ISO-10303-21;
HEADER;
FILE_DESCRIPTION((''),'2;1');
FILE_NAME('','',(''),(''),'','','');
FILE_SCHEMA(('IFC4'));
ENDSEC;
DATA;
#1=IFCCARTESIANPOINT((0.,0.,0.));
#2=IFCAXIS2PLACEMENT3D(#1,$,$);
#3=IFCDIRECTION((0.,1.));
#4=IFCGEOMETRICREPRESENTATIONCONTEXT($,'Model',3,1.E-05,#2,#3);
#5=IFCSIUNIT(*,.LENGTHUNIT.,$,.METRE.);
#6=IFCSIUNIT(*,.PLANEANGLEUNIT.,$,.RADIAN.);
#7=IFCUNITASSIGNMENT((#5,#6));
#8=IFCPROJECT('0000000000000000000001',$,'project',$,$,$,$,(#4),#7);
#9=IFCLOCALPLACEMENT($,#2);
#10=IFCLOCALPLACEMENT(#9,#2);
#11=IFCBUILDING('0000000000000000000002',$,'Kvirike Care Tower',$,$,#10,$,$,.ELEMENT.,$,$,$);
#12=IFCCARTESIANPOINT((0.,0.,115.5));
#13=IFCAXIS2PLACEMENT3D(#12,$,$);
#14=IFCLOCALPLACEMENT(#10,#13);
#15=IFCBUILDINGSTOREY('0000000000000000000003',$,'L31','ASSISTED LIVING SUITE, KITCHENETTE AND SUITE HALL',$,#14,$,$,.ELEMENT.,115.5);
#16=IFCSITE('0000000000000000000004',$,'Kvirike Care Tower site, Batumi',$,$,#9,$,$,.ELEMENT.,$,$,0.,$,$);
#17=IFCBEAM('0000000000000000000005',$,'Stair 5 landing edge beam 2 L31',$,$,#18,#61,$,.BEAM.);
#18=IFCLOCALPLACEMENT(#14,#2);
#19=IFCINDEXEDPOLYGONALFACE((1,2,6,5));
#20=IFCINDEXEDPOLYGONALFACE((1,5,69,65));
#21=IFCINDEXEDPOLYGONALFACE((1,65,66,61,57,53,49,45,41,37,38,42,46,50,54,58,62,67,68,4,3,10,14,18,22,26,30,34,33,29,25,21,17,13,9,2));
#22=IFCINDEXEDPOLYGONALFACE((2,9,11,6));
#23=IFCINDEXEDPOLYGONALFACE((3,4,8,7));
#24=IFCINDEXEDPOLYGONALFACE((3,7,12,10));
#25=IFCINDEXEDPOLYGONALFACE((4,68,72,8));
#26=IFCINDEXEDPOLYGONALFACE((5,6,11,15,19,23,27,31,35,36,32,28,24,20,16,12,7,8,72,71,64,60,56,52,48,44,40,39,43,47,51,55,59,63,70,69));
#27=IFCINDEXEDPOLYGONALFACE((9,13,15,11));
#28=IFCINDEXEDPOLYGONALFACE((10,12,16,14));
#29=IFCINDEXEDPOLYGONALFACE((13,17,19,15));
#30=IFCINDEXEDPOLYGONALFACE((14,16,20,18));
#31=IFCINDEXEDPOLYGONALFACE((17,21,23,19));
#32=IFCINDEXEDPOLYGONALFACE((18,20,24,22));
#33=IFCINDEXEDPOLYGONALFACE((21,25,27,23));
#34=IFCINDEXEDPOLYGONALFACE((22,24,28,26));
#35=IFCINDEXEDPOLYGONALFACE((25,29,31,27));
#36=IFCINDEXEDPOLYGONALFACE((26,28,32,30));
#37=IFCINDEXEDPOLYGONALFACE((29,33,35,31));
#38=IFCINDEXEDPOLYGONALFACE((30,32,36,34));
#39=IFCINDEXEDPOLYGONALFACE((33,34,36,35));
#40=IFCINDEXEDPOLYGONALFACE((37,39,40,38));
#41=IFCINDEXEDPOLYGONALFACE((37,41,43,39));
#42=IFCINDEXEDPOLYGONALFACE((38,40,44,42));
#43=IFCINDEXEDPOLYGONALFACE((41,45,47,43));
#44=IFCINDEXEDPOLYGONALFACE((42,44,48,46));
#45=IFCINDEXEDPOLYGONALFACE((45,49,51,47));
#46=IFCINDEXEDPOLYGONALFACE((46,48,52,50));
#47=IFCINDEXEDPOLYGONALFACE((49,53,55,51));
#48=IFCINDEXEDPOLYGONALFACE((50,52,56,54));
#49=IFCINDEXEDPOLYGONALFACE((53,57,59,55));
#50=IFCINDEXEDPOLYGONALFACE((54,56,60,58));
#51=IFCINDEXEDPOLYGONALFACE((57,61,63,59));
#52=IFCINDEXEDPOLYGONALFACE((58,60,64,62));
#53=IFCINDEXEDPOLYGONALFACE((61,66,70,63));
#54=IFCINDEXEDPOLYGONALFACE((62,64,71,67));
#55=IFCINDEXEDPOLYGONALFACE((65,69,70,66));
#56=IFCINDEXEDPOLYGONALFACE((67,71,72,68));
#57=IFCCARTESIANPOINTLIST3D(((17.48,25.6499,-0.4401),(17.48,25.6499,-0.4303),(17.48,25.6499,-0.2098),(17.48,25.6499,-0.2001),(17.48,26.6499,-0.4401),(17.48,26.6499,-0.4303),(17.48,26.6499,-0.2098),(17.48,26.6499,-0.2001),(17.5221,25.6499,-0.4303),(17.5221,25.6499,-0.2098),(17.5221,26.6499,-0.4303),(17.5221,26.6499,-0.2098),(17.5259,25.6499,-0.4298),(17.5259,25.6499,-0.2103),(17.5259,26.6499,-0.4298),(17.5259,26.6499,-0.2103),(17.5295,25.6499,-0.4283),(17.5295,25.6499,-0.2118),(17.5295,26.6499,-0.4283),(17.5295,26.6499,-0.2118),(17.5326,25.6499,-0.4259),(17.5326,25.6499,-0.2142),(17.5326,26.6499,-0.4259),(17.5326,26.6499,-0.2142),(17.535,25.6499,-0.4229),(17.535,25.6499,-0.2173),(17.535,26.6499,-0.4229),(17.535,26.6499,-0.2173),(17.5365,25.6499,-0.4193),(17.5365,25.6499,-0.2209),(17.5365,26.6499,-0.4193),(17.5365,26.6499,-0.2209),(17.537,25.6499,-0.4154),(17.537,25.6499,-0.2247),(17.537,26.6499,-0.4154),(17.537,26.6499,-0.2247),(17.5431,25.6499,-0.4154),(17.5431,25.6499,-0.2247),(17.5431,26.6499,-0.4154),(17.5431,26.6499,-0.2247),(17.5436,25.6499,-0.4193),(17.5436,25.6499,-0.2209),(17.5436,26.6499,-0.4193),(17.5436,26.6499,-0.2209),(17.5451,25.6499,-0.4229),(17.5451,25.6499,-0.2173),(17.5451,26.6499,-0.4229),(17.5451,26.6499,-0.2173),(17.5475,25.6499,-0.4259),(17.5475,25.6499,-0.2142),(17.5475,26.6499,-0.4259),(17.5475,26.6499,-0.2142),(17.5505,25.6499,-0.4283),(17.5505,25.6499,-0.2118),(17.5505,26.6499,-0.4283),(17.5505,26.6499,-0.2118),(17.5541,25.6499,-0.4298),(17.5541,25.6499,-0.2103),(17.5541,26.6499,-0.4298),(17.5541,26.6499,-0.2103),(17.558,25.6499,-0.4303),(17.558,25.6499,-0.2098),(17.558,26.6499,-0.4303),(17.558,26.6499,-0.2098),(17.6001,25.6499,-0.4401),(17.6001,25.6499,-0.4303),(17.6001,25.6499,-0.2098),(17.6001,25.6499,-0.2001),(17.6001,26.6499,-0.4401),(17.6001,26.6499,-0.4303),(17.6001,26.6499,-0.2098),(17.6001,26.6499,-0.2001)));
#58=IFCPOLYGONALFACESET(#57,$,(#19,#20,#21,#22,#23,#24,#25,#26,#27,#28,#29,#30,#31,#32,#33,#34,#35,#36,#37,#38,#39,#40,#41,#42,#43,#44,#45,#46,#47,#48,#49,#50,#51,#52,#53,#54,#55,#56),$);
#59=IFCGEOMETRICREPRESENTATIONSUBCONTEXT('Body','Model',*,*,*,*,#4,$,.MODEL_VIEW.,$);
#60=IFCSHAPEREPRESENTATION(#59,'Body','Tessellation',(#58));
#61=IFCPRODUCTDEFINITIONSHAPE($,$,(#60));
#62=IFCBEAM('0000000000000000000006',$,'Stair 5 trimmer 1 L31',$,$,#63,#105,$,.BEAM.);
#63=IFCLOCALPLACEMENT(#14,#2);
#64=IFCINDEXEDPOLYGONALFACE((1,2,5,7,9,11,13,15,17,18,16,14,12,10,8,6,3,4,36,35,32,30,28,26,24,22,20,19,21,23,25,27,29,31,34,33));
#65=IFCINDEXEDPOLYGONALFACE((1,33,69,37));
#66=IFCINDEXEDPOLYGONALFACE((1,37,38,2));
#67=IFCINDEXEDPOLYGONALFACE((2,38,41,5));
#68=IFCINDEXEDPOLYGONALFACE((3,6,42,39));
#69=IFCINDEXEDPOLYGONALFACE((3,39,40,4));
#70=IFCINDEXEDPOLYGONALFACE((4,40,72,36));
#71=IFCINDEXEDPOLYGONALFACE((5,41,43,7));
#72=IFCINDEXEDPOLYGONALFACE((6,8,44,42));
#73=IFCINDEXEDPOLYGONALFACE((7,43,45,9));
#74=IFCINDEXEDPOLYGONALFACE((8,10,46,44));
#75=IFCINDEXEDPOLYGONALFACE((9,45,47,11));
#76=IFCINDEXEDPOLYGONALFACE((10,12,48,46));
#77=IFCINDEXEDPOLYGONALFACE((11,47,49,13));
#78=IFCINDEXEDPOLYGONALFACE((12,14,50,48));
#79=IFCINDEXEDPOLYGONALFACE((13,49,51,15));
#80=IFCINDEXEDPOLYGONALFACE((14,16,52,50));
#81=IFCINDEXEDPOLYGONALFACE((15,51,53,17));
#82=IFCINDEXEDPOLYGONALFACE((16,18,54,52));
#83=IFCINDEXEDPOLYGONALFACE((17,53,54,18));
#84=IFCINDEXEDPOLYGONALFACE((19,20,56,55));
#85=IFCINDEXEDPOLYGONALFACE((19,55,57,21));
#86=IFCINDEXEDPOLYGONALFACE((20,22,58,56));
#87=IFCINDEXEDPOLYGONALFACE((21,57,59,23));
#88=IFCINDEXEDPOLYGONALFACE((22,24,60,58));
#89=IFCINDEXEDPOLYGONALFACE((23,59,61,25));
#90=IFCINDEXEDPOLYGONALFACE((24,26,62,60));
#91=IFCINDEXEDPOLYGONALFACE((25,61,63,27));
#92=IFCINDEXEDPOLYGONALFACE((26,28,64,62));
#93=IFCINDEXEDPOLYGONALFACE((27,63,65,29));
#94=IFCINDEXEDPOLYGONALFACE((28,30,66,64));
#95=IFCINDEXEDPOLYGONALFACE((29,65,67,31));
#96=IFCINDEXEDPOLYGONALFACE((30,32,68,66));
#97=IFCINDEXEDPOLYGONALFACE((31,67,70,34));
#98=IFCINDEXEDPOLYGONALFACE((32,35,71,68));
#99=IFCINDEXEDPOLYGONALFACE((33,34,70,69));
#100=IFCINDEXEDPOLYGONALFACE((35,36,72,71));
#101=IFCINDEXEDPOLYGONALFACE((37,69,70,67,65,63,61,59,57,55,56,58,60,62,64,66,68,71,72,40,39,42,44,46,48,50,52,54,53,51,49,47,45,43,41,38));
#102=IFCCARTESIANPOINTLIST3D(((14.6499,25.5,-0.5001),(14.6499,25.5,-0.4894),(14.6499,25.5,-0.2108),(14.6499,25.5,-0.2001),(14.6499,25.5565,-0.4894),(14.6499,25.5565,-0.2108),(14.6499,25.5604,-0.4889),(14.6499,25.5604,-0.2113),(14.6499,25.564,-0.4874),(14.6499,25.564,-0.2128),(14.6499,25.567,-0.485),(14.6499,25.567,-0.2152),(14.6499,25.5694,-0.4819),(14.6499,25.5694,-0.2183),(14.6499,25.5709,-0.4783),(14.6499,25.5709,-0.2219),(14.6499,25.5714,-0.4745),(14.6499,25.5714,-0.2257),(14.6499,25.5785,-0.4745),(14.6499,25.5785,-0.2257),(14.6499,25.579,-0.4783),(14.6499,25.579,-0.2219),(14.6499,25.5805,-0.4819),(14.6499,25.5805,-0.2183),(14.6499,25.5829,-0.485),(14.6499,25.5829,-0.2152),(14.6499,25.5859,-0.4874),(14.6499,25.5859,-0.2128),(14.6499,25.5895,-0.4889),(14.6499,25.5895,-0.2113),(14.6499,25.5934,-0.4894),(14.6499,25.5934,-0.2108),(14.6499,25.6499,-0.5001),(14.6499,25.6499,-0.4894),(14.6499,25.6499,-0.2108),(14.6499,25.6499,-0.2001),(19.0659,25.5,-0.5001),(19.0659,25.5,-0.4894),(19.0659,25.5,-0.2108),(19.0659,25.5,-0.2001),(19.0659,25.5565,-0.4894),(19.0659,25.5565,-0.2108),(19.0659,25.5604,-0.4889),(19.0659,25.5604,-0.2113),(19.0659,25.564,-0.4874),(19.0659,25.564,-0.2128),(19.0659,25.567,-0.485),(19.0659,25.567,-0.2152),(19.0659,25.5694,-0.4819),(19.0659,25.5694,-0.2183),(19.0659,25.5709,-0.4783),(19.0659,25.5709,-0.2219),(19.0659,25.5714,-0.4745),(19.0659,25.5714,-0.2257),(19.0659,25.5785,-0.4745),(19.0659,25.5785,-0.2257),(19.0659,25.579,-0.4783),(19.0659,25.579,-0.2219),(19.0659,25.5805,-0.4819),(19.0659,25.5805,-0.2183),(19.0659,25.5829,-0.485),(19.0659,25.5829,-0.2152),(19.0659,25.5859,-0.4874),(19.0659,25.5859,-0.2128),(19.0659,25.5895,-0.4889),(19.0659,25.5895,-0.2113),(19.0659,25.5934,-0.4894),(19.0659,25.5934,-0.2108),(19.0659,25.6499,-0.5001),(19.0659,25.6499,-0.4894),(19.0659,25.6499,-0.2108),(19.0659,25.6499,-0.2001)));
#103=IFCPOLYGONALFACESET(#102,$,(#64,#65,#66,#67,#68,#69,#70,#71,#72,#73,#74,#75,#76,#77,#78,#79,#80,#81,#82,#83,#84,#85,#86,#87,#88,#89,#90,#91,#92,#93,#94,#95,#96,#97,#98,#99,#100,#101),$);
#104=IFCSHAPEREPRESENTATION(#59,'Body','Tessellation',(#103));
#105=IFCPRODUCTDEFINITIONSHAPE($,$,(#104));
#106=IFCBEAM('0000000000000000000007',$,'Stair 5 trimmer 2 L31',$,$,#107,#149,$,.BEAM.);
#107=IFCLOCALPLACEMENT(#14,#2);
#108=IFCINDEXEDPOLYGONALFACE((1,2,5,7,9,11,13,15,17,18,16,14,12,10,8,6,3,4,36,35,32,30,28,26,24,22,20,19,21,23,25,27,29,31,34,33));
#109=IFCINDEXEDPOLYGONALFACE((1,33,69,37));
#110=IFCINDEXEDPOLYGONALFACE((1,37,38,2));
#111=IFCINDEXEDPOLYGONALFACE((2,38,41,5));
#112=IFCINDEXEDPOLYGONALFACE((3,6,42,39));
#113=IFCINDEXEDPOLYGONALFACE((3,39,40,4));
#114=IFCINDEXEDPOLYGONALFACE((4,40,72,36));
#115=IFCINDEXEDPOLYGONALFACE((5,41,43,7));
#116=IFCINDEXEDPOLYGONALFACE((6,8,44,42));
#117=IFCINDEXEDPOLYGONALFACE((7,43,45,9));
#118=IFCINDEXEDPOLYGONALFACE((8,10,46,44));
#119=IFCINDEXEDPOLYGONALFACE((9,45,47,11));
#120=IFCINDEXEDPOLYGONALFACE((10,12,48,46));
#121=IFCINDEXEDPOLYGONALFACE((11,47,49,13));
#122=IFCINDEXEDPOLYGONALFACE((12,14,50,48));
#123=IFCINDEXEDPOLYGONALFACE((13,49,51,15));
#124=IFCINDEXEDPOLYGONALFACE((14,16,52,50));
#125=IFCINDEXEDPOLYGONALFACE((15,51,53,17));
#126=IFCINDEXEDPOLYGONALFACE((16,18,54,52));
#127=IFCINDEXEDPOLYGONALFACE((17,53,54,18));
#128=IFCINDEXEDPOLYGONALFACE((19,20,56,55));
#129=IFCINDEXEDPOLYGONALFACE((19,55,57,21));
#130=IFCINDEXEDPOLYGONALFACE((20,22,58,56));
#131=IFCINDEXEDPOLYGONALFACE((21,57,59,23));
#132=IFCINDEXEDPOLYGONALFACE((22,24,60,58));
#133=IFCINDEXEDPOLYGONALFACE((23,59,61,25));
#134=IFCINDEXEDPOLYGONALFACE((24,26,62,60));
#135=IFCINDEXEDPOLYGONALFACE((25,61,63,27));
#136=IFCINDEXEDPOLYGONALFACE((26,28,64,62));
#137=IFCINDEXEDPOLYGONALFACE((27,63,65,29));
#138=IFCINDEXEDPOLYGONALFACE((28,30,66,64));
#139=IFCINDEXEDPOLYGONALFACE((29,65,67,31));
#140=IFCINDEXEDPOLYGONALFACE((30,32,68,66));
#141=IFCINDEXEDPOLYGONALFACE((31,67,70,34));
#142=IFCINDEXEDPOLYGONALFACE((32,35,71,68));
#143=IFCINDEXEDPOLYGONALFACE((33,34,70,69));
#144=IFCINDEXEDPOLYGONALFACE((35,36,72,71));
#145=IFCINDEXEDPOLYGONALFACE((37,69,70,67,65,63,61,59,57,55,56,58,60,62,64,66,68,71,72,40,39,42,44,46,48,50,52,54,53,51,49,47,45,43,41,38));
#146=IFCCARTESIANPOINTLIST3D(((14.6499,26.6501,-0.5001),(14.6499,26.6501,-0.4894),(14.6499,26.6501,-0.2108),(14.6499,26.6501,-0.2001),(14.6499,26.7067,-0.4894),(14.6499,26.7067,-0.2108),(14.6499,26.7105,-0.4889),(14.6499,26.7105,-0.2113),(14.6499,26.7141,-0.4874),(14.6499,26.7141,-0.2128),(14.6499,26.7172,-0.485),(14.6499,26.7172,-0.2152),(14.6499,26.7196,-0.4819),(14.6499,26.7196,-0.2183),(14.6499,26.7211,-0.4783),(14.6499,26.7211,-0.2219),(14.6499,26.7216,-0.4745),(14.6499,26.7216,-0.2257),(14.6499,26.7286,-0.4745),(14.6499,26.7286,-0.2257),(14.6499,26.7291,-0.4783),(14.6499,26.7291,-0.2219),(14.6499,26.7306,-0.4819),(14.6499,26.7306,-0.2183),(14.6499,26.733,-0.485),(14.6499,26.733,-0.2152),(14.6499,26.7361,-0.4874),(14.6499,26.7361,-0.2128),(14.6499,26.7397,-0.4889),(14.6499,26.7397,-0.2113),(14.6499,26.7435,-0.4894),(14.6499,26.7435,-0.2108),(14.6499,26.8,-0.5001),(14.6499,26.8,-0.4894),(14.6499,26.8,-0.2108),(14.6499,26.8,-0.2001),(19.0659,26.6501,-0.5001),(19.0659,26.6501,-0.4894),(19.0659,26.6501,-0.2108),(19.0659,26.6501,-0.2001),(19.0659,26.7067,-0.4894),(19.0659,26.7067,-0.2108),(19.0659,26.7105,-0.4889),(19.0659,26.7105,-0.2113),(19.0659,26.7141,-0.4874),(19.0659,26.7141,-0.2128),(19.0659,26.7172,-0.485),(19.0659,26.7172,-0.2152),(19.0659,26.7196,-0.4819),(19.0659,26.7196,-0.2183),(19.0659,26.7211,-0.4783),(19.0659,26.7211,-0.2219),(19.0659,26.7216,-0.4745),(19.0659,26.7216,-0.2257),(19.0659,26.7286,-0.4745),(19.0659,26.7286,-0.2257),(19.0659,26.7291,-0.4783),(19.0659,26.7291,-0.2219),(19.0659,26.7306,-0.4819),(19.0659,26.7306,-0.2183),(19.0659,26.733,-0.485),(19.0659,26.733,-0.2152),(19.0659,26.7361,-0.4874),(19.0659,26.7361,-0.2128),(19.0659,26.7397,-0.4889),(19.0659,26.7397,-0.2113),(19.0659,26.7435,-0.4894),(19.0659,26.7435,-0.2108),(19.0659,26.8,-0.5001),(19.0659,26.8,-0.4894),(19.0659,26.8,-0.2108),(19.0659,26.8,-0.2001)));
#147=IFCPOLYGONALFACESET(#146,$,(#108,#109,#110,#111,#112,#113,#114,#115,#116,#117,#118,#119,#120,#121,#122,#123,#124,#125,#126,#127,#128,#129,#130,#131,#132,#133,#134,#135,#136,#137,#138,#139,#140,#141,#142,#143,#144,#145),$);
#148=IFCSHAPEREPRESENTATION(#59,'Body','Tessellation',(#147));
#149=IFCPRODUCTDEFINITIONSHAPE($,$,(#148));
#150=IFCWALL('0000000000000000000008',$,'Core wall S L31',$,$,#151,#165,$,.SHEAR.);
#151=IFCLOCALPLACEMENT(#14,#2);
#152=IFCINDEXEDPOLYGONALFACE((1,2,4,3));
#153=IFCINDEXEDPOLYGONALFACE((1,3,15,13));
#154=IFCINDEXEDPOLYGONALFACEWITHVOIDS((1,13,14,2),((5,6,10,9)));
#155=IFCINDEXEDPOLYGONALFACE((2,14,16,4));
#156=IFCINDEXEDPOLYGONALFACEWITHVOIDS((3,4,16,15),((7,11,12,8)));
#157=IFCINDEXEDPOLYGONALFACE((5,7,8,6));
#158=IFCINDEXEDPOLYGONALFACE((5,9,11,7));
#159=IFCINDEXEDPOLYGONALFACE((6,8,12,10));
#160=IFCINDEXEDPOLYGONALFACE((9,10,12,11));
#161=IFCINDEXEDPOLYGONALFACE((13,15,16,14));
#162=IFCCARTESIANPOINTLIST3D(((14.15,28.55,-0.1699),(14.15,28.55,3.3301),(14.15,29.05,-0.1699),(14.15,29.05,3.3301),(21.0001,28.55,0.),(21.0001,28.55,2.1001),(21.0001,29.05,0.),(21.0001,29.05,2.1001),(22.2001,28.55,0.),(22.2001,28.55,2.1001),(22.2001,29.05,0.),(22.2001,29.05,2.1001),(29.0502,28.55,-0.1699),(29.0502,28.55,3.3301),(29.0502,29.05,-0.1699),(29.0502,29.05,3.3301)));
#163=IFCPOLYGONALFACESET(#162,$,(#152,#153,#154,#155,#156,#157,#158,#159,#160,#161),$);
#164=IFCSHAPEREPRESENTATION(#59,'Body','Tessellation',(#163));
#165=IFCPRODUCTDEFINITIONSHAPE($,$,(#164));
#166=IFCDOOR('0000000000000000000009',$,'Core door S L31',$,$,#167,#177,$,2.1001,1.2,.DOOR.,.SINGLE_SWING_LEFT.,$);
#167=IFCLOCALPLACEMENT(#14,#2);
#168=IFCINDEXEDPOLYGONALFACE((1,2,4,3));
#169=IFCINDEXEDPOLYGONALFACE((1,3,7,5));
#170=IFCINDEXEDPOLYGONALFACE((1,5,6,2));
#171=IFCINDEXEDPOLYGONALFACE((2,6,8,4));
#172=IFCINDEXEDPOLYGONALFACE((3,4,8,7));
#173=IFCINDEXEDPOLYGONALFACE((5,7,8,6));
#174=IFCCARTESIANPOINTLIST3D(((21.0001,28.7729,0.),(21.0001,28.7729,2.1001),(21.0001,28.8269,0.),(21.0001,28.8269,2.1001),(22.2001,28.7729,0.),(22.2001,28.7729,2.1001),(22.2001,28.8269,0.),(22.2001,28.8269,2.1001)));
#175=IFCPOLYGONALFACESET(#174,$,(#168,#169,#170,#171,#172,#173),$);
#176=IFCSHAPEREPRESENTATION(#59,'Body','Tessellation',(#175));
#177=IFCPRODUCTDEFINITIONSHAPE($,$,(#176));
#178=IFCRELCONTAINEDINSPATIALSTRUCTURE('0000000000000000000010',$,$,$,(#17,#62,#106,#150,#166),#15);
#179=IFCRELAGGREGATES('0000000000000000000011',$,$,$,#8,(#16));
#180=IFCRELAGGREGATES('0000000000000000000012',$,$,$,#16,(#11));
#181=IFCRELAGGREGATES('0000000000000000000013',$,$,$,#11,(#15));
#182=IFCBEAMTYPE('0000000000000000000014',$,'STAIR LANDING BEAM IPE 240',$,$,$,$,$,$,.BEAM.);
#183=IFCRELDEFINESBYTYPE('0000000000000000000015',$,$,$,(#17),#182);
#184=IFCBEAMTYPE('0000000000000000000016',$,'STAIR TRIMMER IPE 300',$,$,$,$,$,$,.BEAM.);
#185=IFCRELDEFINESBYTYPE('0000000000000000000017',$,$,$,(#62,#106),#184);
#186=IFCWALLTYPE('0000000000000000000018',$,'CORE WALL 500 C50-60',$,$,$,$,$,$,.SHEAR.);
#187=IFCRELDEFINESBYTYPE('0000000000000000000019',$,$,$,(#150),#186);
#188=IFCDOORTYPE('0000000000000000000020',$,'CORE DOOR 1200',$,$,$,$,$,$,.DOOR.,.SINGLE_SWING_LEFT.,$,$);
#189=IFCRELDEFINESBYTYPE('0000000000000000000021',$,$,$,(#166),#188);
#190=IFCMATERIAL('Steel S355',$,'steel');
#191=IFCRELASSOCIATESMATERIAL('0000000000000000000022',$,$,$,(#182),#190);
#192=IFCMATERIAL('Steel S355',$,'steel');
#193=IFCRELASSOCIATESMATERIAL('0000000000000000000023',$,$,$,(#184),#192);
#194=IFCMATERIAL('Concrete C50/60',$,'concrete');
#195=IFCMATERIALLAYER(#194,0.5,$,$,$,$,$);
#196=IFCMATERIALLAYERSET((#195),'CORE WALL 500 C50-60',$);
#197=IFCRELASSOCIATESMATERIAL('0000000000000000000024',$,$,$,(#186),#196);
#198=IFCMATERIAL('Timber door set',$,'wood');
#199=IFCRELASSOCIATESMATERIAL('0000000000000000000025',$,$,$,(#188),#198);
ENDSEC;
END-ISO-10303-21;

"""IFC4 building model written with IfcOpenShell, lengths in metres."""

from ifc_helpers import new_model, si_unit, direction, frame, frame_2d, origin, origin_2d, place, context, subcontext, project, spatial, rectangle, i_section, extrude, material, layer, layer_set, material_profile, profile_set, type_object, element, fill, save


model = new_model("IFC4")

# Units and contexts
model_context = context("Model", 3, precision=1e-05, world=origin(), true_north=direction((0.0, 1.0)))
body_context = subcontext(model_context, "Body", "Model", "MODEL_VIEW")
ifc_project = project(units=[si_unit("LENGTHUNIT", "METRE"), si_unit("PLANEANGLEUNIT", "RADIAN")], contexts=[model_context])

# Site, building, storey
site_placement = place(None, origin())
site = spatial("IfcSite", under=ifc_project, at=site_placement, Name="Kvirike Care Tower site, Batumi", CompositionType="ELEMENT", RefElevation=0.0)
building_placement = place(site_placement, origin())
building = spatial("IfcBuilding", under=site, at=building_placement, Name="Kvirike Care Tower", CompositionType="ELEMENT")
storey_placement = place(building_placement, frame((0.0, 0.0, 115.5)))
storey = spatial("IfcBuildingStorey", under=building, at=storey_placement, Name="L31", Description="ASSISTED LIVING SUITE, KITCHENETTE AND SUITE HALL", CompositionType="ELEMENT", Elevation=115.5)

# Beams
ifc_material_1 = material(Name="Steel S355", Category="steel")
ifc_material_profile_1 = material_profile(ifc_material_1, i_section(OverallWidth=0.1201, OverallDepth=0.24, WebThickness=0.0061, FlangeThickness=0.0098, FilletRadius=0.0149, at=origin_2d()), Name="IPE 240")
ifc_profile_set_1 = profile_set([ifc_material_profile_1], Name="Steel S355")
beam_type_1 = type_object("IfcBeamType", Name="STAIR LANDING BEAM IPE 240", PredefinedType="BEAM", material=ifc_profile_set_1)
for number, where, z_axis, x_axis, name in (
    (1, (17.54, 25.6499, -0.3201), (0.0, 1.0, 0.0), (-1.0, 0.0, 0.0), "Stair 5 landing edge beam 2 L31"),
):
    element("IfcBeam", number, at=place(storey_placement, frame(where, z_axis=z_axis, x_axis=x_axis)), inside=storey, type_object=beam_type_1, Name=name, PredefinedType="BEAM", context=body_context, shape_type="SweptSolid", body=[
        extrude(i_section(OverallWidth=0.1201, OverallDepth=0.24, WebThickness=0.0061, FlangeThickness=0.0098, FilletRadius=0.0149, at=origin_2d()), origin(), (0.0, 0.0, 1.0), 1.0),
    ])
ifc_material_2 = material(Name="Steel S355", Category="steel")
ifc_material_profile_2 = material_profile(ifc_material_2, i_section(OverallWidth=0.1499, OverallDepth=0.3, WebThickness=0.0071, FlangeThickness=0.0107, FilletRadius=0.0149, at=origin_2d()), Name="IPE 300")
ifc_profile_set_2 = profile_set([ifc_material_profile_2], Name="Steel S355")
beam_type_2 = type_object("IfcBeamType", Name="STAIR TRIMMER IPE 300", PredefinedType="BEAM", material=ifc_profile_set_2)
for number, where, z_axis, x_axis, name in (
    (2, (14.6499, 25.575, -0.3501), (1.0, 0.0, 0.0), (0.0, 1.0, 0.0), "Stair 5 trimmer 1 L31"),
    (3, (14.6499, 26.7251, -0.3501), (1.0, 0.0, 0.0), (0.0, 1.0, 0.0), "Stair 5 trimmer 2 L31"),
):
    element("IfcBeam", number, at=place(storey_placement, frame(where, z_axis=z_axis, x_axis=x_axis)), inside=storey, type_object=beam_type_2, Name=name, PredefinedType="BEAM", context=body_context, shape_type="SweptSolid", body=[
        extrude(i_section(OverallWidth=0.1499, OverallDepth=0.3, WebThickness=0.0071, FlangeThickness=0.0107, FilletRadius=0.0149, at=origin_2d()), origin(), (0.0, 0.0, 1.0), 4.416),
    ])

# Wall, opening, door
ifc_material_3 = material(Name="Concrete C50/60", Category="concrete")
ifc_layer_1 = layer(ifc_material_3, 0.5)
ifc_layer_set_1 = layer_set([ifc_layer_1], Name="CORE WALL 500 C50-60")
wall_type_1 = type_object("IfcWallType", Name="CORE WALL 500 C50-60", PredefinedType="SHEAR", material=ifc_layer_set_1)
wall_1_placement = place(storey_placement, frame((14.1499, 28.8, -0.1699), z_axis=(0.0, 0.0, 1.0), x_axis=(1.0, 0.0, 0.0)))
wall_1 = element("IfcWall", 4, at=wall_1_placement, inside=storey, type_object=wall_type_1, Name="Core wall S L31", PredefinedType="SHEAR", context=body_context, shape_type="SweptSolid", body=[
    extrude(rectangle(XDim=14.9001, YDim=0.5, at=frame_2d((7.4502, 0.0))), origin(), (0.0, 0.0, 1.0), 3.5),
])
opening_1_placement = place(wall_1_placement, frame((6.8501, 0.0, 0.1699)))
opening_1 = element("IfcOpeningElement", 5, at=opening_1_placement, cuts=wall_1, PredefinedType="OPENING", context=body_context, shape_type="SweptSolid", body=[
    extrude(rectangle(XDim=1.2, YDim=2.1001, at=frame_2d((0.6001, 1.05))), frame((0.0, 0.2605, 0.0), z_axis=(0.0, -1.0, 0.0), x_axis=(1.0, 0.0, 0.0)), (0.0, 0.0, 1.0), 0.521),
])
ifc_material_4 = material(Name="Timber door set", Category="wood")
door_type_1 = type_object("IfcDoorType", Name="CORE DOOR 1200", OperationType="SINGLE_SWING_LEFT", PredefinedType="DOOR", material=ifc_material_4)
door_1_placement = place(opening_1_placement, origin())
door_1 = element("IfcDoor", 6, at=door_1_placement, inside=storey, type_object=door_type_1, Name="Core door S L31", OperationType="SINGLE_SWING_LEFT", OverallHeight=2.1001, OverallWidth=1.2, PredefinedType="DOOR", context=body_context, shape_type="SweptSolid", body=[
    extrude(rectangle(XDim=1.2, YDim=2.1001, at=frame_2d((0.6001, 1.05))), frame((0.0, 0.0269, 0.0), z_axis=(0.0, -1.0, 0.0), x_axis=(1.0, 0.0, 0.0)), (0.0, 0.0, 1.0), 0.054),
])
fill(opening_1, door_1)

save(model, "model.ifc")
